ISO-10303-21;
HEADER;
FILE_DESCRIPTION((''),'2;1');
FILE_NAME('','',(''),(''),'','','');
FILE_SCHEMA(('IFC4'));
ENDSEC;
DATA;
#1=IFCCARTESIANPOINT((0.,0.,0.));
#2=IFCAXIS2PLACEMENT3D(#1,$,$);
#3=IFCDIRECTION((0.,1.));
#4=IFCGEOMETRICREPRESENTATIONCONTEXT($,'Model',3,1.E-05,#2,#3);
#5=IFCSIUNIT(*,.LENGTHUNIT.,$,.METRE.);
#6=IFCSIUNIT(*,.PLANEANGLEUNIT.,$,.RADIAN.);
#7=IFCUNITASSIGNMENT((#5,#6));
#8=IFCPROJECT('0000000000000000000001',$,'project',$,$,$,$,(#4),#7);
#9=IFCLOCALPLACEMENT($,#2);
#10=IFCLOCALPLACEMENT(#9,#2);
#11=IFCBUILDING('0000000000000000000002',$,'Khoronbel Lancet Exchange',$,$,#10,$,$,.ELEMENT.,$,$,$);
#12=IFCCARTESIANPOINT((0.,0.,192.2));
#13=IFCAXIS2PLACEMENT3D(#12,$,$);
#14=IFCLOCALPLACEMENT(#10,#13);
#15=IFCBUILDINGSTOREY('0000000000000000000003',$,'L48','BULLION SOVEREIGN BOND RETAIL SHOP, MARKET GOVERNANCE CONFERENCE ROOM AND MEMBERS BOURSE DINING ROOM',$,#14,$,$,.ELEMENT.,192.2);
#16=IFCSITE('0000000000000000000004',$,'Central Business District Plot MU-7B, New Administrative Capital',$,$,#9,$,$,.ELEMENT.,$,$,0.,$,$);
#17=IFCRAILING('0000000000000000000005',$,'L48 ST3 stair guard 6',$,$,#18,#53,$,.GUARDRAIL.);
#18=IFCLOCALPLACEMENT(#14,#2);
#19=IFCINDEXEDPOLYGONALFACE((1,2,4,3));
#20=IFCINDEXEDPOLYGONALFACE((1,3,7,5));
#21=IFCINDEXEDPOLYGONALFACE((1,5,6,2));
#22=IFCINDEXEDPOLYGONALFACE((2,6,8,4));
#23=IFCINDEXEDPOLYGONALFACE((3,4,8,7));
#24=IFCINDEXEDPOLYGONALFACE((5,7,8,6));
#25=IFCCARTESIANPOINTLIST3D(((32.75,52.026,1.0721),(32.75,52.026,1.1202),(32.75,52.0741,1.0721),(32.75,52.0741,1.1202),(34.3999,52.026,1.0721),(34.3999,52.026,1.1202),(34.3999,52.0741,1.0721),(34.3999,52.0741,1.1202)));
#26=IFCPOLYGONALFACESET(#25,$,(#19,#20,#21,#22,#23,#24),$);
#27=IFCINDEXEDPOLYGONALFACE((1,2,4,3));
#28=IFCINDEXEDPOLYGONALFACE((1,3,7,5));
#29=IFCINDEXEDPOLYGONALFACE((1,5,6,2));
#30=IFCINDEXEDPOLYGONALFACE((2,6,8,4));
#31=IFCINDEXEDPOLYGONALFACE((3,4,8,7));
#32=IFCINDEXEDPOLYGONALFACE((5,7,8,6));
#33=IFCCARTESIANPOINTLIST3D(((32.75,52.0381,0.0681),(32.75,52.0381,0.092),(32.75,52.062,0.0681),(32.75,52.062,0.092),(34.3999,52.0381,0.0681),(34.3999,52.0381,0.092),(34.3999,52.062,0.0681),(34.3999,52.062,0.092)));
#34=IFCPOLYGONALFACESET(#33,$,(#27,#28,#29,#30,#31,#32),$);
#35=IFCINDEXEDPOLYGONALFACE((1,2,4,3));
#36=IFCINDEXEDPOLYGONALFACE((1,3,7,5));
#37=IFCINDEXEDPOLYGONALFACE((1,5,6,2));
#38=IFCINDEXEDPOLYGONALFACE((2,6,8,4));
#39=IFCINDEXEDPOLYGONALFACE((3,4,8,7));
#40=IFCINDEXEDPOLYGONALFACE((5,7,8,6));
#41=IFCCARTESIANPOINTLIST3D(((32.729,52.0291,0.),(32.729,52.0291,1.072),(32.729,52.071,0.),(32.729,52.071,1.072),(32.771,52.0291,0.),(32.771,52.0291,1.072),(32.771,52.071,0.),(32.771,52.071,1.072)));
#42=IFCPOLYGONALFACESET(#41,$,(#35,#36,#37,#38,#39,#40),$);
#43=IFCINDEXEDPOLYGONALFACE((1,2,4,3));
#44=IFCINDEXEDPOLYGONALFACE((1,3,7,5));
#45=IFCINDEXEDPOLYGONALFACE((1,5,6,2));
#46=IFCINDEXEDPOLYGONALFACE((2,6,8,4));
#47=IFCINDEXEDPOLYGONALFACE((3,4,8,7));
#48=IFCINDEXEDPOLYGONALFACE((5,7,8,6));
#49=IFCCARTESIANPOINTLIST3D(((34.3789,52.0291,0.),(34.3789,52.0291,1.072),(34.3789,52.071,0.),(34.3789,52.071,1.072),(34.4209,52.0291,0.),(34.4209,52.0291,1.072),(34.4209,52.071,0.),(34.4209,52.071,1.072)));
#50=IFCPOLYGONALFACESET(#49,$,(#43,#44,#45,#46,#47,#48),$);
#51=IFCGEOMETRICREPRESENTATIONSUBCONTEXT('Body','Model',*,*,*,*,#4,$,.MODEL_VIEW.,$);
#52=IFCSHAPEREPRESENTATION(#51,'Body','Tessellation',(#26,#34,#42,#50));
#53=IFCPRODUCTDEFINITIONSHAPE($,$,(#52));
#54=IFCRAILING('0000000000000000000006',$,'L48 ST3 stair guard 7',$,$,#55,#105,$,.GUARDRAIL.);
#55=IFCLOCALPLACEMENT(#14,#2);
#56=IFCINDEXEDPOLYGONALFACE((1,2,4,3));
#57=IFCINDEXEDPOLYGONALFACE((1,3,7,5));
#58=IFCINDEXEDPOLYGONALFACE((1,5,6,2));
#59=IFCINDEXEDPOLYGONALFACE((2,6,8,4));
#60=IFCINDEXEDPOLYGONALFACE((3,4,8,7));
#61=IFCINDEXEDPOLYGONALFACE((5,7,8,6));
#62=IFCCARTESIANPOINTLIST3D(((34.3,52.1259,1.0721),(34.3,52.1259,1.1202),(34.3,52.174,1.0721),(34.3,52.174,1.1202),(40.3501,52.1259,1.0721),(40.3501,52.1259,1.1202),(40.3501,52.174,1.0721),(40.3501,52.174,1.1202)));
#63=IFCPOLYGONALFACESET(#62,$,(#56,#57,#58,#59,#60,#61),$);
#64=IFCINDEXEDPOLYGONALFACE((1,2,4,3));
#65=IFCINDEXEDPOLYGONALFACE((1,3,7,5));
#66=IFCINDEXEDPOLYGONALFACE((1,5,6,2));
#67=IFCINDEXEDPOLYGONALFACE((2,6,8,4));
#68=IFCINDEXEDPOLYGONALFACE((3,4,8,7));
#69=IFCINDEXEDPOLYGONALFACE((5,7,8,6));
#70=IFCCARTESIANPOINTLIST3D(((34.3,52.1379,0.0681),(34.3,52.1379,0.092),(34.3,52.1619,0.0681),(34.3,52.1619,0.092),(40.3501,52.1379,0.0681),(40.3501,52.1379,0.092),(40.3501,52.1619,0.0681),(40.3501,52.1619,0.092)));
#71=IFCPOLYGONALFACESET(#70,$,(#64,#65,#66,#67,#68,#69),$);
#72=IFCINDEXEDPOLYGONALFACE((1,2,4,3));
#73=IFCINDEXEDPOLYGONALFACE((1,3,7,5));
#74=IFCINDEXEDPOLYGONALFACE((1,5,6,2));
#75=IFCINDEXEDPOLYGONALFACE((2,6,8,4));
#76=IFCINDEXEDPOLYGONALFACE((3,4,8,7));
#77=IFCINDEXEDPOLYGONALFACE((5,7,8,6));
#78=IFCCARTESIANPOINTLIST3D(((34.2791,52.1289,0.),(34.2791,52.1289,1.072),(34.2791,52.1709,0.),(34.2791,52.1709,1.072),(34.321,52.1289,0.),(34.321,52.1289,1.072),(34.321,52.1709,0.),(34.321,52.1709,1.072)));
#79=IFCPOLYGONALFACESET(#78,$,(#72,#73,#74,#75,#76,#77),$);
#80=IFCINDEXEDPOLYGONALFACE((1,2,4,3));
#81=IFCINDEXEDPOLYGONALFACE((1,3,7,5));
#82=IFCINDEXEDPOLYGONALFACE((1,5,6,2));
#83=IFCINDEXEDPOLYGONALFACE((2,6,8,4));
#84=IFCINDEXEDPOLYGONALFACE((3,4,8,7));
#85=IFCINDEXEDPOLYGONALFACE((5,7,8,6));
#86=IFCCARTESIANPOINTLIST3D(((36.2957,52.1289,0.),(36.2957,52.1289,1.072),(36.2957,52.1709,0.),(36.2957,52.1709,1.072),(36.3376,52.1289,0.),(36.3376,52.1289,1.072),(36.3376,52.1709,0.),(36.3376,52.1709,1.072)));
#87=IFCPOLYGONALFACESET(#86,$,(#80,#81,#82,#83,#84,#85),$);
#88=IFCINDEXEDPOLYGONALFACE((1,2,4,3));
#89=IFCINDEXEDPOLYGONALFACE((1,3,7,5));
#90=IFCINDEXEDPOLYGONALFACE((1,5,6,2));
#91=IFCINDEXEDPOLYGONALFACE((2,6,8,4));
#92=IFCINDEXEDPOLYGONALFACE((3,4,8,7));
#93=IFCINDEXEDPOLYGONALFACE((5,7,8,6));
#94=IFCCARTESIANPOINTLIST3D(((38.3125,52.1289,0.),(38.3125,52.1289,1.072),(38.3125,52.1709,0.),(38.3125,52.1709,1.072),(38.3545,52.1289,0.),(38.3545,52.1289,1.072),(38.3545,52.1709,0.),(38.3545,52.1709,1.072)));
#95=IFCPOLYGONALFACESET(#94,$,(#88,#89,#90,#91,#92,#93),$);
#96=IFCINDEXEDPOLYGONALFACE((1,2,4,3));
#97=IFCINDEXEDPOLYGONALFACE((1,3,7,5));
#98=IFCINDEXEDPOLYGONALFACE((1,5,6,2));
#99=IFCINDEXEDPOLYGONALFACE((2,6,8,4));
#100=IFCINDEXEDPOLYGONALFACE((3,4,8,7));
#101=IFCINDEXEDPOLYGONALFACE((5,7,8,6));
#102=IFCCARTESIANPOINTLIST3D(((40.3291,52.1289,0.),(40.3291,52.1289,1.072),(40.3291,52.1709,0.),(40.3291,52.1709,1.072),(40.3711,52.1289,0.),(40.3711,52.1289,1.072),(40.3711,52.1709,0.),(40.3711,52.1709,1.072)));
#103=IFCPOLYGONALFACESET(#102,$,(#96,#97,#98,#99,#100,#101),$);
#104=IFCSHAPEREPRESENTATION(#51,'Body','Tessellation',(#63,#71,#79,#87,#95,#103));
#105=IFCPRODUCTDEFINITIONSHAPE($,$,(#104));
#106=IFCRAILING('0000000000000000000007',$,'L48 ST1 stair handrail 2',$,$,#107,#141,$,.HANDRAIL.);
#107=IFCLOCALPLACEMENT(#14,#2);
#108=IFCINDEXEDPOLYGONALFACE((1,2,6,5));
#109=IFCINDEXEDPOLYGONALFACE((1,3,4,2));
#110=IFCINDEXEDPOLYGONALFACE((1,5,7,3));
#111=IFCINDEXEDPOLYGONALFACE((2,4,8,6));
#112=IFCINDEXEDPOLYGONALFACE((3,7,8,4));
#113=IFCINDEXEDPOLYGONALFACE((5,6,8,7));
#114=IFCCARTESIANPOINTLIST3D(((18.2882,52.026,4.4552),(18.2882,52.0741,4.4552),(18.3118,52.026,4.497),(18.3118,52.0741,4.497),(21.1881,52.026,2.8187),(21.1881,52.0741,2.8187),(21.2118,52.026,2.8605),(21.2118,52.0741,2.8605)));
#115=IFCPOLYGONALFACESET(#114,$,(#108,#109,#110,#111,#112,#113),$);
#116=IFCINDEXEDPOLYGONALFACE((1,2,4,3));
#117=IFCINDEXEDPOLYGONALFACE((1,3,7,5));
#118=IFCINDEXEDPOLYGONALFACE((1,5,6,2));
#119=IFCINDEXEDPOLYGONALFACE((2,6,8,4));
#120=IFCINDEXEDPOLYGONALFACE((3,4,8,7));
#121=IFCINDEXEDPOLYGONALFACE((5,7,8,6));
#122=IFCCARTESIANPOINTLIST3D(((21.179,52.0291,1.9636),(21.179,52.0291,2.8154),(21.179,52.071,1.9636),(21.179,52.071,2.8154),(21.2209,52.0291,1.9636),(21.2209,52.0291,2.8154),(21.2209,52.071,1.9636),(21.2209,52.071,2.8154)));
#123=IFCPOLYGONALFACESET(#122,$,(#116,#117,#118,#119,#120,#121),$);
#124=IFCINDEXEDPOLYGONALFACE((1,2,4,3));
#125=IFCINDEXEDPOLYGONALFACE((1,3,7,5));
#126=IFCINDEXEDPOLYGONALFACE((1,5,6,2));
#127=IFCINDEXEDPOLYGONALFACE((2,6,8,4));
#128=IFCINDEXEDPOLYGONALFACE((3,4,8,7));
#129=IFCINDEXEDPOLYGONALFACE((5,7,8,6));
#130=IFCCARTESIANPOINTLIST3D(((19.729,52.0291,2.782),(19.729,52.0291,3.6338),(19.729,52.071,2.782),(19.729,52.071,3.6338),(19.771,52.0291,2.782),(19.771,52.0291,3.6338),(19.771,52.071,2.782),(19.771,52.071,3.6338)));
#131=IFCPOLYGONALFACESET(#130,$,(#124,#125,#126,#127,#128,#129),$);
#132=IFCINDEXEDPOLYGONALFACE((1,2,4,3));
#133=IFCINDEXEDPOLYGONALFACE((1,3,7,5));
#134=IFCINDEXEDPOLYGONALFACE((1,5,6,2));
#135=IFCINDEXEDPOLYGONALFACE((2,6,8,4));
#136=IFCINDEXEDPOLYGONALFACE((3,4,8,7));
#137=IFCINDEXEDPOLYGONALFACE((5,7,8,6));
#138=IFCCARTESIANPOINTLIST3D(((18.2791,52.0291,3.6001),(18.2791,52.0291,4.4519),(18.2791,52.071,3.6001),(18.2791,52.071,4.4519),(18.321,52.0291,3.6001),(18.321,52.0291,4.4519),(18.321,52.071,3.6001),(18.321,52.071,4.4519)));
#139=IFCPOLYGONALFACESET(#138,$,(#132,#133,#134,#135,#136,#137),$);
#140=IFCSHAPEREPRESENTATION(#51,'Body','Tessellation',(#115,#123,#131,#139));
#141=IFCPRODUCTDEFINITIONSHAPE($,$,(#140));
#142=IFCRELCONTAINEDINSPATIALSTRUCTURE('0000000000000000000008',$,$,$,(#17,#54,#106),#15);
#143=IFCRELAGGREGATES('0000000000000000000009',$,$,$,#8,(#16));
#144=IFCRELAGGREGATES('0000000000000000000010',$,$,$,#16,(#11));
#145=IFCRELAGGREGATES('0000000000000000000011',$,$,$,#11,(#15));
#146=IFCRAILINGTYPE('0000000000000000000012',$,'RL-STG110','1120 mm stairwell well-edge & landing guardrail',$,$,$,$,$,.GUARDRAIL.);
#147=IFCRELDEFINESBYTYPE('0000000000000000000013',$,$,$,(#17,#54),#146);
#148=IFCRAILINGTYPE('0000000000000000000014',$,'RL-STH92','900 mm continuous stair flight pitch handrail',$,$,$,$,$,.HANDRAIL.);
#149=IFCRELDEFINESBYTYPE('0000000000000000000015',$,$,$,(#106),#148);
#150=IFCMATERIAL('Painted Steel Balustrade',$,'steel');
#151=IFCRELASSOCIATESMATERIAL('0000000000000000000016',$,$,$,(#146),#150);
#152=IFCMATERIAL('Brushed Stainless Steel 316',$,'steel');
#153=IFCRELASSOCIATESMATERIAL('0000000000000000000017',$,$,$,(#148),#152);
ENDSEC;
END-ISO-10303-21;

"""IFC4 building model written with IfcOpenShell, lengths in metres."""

from ifc_helpers import new_model, si_unit, direction, frame, origin, origin_2d, place, context, subcontext, project, spatial, rectangle, extrude, material, type_object, element, save


model = new_model("IFC4")

# Units and contexts
model_context = context("Model", 3, precision=1e-05, world=origin(), true_north=direction((0.0, 1.0)))
body_context = subcontext(model_context, "Body", "Model", "MODEL_VIEW")
ifc_project = project(units=[si_unit("LENGTHUNIT", "METRE"), si_unit("PLANEANGLEUNIT", "RADIAN")], contexts=[model_context])

# Site, building, storey
site_placement = place(None, origin())
site = spatial("IfcSite", under=ifc_project, at=site_placement, Name="Central Business District Plot MU-7B, New Administrative Capital", CompositionType="ELEMENT", RefElevation=0.0)
building_placement = place(site_placement, origin())
building = spatial("IfcBuilding", under=site, at=building_placement, Name="Khoronbel Lancet Exchange", CompositionType="ELEMENT")
storey_placement = place(building_placement, frame((0.0, 0.0, 192.2)))
storey = spatial("IfcBuildingStorey", under=building, at=storey_placement, Name="L48", Description="BULLION SOVEREIGN BOND RETAIL SHOP, MARKET GOVERNANCE CONFERENCE ROOM AND MEMBERS BOURSE DINING ROOM", CompositionType="ELEMENT", Elevation=192.2)

# Railings
ifc_material_1 = material(Name="Painted Steel Balustrade", Category="steel")
railing_type_1 = type_object("IfcRailingType", Name="RL-STG110", Description="1120 mm stairwell well-edge & landing guardrail", PredefinedType="GUARDRAIL", material=ifc_material_1)
railing_1_placement = place(storey_placement, frame((32.75, 52.05, 0.0)))
element("IfcRailing", 1, at=railing_1_placement, inside=storey, type_object=railing_type_1, Name="L48 ST3 stair guard 6", PredefinedType="GUARDRAIL", context=body_context, shape_type="SweptSolid", body=[
    extrude(rectangle(XDim=0.0481, YDim=0.0481, at=origin_2d()), frame((0.0, 0.0, 1.0962), z_axis=(1.0, 0.0, 0.0), x_axis=(0.0, 1.0, 0.0)), (0.0, 0.0, 1.0), 1.6499),
    extrude(rectangle(XDim=0.0239, YDim=0.0239, at=origin_2d()), frame((0.0, 0.0, 0.0801), z_axis=(1.0, 0.0, 0.0), x_axis=(0.0, 1.0, 0.0)), (0.0, 0.0, 1.0), 1.6499),
    extrude(rectangle(XDim=0.042, YDim=0.042, at=origin_2d()), origin(), (0.0, 0.0, 1.0), 1.072),
    extrude(rectangle(XDim=0.042, YDim=0.042, at=origin_2d()), frame((1.6499, 0.0, 0.0)), (0.0, 0.0, 1.0), 1.072),
])
railing_2_placement = place(storey_placement, frame((34.3, 52.1499, 0.0)))
element("IfcRailing", 2, at=railing_2_placement, inside=storey, type_object=railing_type_1, Name="L48 ST3 stair guard 7", PredefinedType="GUARDRAIL", context=body_context, shape_type="SweptSolid", body=[
    extrude(rectangle(XDim=0.0481, YDim=0.0481, at=origin_2d()), frame((0.0, 0.0, 1.0962), z_axis=(1.0, 0.0, 0.0), x_axis=(0.0, 1.0, 0.0)), (0.0, 0.0, 1.0), 6.05),
    extrude(rectangle(XDim=0.0239, YDim=0.0239, at=origin_2d()), frame((0.0, 0.0, 0.0801), z_axis=(1.0, 0.0, 0.0), x_axis=(0.0, 1.0, 0.0)), (0.0, 0.0, 1.0), 6.05),
    extrude(rectangle(XDim=0.042, YDim=0.042, at=origin_2d()), origin(), (0.0, 0.0, 1.0), 1.072),
    extrude(rectangle(XDim=0.042, YDim=0.042, at=origin_2d()), frame((2.0166, 0.0, 0.0)), (0.0, 0.0, 1.0), 1.072),
    extrude(rectangle(XDim=0.042, YDim=0.042, at=origin_2d()), frame((4.0334, 0.0, 0.0)), (0.0, 0.0, 1.0), 1.072),
    extrude(rectangle(XDim=0.042, YDim=0.042, at=origin_2d()), frame((6.05, 0.0, 0.0)), (0.0, 0.0, 1.0), 1.072),
])
ifc_material_2 = material(Name="Brushed Stainless Steel 316", Category="steel")
railing_type_2 = type_object("IfcRailingType", Name="RL-STH92", Description="900 mm continuous stair flight pitch handrail", PredefinedType="HANDRAIL", material=ifc_material_2)
railing_3_placement = place(storey_placement, frame((21.2, 52.05, 1.9636)))
element("IfcRailing", 3, at=railing_3_placement, inside=storey, type_object=railing_type_2, Name="L48 ST1 stair handrail 2", PredefinedType="HANDRAIL", context=body_context, shape_type="SweptSolid", body=[
    extrude(rectangle(XDim=0.0481, YDim=0.0481, at=origin_2d()), frame((0.0, 0.0, 0.876), z_axis=(-0.870897, 0.0, 0.491465), x_axis=(0.0, -1.0, 0.0)), (0.0, 0.0, 1.0), 3.3298),
    extrude(rectangle(XDim=0.042, YDim=0.042, at=origin_2d()), origin(), (0.0, 0.0, 1.0), 0.8518),
    extrude(rectangle(XDim=0.042, YDim=0.042, at=origin_2d()), frame((-1.45, 0.0, 0.8184)), (0.0, 0.0, 1.0), 0.8518),
    extrude(rectangle(XDim=0.042, YDim=0.042, at=origin_2d()), frame((-2.8999, 0.0, 1.6365)), (0.0, 0.0, 1.0), 0.8518),
])

save(model, "model.ifc")
